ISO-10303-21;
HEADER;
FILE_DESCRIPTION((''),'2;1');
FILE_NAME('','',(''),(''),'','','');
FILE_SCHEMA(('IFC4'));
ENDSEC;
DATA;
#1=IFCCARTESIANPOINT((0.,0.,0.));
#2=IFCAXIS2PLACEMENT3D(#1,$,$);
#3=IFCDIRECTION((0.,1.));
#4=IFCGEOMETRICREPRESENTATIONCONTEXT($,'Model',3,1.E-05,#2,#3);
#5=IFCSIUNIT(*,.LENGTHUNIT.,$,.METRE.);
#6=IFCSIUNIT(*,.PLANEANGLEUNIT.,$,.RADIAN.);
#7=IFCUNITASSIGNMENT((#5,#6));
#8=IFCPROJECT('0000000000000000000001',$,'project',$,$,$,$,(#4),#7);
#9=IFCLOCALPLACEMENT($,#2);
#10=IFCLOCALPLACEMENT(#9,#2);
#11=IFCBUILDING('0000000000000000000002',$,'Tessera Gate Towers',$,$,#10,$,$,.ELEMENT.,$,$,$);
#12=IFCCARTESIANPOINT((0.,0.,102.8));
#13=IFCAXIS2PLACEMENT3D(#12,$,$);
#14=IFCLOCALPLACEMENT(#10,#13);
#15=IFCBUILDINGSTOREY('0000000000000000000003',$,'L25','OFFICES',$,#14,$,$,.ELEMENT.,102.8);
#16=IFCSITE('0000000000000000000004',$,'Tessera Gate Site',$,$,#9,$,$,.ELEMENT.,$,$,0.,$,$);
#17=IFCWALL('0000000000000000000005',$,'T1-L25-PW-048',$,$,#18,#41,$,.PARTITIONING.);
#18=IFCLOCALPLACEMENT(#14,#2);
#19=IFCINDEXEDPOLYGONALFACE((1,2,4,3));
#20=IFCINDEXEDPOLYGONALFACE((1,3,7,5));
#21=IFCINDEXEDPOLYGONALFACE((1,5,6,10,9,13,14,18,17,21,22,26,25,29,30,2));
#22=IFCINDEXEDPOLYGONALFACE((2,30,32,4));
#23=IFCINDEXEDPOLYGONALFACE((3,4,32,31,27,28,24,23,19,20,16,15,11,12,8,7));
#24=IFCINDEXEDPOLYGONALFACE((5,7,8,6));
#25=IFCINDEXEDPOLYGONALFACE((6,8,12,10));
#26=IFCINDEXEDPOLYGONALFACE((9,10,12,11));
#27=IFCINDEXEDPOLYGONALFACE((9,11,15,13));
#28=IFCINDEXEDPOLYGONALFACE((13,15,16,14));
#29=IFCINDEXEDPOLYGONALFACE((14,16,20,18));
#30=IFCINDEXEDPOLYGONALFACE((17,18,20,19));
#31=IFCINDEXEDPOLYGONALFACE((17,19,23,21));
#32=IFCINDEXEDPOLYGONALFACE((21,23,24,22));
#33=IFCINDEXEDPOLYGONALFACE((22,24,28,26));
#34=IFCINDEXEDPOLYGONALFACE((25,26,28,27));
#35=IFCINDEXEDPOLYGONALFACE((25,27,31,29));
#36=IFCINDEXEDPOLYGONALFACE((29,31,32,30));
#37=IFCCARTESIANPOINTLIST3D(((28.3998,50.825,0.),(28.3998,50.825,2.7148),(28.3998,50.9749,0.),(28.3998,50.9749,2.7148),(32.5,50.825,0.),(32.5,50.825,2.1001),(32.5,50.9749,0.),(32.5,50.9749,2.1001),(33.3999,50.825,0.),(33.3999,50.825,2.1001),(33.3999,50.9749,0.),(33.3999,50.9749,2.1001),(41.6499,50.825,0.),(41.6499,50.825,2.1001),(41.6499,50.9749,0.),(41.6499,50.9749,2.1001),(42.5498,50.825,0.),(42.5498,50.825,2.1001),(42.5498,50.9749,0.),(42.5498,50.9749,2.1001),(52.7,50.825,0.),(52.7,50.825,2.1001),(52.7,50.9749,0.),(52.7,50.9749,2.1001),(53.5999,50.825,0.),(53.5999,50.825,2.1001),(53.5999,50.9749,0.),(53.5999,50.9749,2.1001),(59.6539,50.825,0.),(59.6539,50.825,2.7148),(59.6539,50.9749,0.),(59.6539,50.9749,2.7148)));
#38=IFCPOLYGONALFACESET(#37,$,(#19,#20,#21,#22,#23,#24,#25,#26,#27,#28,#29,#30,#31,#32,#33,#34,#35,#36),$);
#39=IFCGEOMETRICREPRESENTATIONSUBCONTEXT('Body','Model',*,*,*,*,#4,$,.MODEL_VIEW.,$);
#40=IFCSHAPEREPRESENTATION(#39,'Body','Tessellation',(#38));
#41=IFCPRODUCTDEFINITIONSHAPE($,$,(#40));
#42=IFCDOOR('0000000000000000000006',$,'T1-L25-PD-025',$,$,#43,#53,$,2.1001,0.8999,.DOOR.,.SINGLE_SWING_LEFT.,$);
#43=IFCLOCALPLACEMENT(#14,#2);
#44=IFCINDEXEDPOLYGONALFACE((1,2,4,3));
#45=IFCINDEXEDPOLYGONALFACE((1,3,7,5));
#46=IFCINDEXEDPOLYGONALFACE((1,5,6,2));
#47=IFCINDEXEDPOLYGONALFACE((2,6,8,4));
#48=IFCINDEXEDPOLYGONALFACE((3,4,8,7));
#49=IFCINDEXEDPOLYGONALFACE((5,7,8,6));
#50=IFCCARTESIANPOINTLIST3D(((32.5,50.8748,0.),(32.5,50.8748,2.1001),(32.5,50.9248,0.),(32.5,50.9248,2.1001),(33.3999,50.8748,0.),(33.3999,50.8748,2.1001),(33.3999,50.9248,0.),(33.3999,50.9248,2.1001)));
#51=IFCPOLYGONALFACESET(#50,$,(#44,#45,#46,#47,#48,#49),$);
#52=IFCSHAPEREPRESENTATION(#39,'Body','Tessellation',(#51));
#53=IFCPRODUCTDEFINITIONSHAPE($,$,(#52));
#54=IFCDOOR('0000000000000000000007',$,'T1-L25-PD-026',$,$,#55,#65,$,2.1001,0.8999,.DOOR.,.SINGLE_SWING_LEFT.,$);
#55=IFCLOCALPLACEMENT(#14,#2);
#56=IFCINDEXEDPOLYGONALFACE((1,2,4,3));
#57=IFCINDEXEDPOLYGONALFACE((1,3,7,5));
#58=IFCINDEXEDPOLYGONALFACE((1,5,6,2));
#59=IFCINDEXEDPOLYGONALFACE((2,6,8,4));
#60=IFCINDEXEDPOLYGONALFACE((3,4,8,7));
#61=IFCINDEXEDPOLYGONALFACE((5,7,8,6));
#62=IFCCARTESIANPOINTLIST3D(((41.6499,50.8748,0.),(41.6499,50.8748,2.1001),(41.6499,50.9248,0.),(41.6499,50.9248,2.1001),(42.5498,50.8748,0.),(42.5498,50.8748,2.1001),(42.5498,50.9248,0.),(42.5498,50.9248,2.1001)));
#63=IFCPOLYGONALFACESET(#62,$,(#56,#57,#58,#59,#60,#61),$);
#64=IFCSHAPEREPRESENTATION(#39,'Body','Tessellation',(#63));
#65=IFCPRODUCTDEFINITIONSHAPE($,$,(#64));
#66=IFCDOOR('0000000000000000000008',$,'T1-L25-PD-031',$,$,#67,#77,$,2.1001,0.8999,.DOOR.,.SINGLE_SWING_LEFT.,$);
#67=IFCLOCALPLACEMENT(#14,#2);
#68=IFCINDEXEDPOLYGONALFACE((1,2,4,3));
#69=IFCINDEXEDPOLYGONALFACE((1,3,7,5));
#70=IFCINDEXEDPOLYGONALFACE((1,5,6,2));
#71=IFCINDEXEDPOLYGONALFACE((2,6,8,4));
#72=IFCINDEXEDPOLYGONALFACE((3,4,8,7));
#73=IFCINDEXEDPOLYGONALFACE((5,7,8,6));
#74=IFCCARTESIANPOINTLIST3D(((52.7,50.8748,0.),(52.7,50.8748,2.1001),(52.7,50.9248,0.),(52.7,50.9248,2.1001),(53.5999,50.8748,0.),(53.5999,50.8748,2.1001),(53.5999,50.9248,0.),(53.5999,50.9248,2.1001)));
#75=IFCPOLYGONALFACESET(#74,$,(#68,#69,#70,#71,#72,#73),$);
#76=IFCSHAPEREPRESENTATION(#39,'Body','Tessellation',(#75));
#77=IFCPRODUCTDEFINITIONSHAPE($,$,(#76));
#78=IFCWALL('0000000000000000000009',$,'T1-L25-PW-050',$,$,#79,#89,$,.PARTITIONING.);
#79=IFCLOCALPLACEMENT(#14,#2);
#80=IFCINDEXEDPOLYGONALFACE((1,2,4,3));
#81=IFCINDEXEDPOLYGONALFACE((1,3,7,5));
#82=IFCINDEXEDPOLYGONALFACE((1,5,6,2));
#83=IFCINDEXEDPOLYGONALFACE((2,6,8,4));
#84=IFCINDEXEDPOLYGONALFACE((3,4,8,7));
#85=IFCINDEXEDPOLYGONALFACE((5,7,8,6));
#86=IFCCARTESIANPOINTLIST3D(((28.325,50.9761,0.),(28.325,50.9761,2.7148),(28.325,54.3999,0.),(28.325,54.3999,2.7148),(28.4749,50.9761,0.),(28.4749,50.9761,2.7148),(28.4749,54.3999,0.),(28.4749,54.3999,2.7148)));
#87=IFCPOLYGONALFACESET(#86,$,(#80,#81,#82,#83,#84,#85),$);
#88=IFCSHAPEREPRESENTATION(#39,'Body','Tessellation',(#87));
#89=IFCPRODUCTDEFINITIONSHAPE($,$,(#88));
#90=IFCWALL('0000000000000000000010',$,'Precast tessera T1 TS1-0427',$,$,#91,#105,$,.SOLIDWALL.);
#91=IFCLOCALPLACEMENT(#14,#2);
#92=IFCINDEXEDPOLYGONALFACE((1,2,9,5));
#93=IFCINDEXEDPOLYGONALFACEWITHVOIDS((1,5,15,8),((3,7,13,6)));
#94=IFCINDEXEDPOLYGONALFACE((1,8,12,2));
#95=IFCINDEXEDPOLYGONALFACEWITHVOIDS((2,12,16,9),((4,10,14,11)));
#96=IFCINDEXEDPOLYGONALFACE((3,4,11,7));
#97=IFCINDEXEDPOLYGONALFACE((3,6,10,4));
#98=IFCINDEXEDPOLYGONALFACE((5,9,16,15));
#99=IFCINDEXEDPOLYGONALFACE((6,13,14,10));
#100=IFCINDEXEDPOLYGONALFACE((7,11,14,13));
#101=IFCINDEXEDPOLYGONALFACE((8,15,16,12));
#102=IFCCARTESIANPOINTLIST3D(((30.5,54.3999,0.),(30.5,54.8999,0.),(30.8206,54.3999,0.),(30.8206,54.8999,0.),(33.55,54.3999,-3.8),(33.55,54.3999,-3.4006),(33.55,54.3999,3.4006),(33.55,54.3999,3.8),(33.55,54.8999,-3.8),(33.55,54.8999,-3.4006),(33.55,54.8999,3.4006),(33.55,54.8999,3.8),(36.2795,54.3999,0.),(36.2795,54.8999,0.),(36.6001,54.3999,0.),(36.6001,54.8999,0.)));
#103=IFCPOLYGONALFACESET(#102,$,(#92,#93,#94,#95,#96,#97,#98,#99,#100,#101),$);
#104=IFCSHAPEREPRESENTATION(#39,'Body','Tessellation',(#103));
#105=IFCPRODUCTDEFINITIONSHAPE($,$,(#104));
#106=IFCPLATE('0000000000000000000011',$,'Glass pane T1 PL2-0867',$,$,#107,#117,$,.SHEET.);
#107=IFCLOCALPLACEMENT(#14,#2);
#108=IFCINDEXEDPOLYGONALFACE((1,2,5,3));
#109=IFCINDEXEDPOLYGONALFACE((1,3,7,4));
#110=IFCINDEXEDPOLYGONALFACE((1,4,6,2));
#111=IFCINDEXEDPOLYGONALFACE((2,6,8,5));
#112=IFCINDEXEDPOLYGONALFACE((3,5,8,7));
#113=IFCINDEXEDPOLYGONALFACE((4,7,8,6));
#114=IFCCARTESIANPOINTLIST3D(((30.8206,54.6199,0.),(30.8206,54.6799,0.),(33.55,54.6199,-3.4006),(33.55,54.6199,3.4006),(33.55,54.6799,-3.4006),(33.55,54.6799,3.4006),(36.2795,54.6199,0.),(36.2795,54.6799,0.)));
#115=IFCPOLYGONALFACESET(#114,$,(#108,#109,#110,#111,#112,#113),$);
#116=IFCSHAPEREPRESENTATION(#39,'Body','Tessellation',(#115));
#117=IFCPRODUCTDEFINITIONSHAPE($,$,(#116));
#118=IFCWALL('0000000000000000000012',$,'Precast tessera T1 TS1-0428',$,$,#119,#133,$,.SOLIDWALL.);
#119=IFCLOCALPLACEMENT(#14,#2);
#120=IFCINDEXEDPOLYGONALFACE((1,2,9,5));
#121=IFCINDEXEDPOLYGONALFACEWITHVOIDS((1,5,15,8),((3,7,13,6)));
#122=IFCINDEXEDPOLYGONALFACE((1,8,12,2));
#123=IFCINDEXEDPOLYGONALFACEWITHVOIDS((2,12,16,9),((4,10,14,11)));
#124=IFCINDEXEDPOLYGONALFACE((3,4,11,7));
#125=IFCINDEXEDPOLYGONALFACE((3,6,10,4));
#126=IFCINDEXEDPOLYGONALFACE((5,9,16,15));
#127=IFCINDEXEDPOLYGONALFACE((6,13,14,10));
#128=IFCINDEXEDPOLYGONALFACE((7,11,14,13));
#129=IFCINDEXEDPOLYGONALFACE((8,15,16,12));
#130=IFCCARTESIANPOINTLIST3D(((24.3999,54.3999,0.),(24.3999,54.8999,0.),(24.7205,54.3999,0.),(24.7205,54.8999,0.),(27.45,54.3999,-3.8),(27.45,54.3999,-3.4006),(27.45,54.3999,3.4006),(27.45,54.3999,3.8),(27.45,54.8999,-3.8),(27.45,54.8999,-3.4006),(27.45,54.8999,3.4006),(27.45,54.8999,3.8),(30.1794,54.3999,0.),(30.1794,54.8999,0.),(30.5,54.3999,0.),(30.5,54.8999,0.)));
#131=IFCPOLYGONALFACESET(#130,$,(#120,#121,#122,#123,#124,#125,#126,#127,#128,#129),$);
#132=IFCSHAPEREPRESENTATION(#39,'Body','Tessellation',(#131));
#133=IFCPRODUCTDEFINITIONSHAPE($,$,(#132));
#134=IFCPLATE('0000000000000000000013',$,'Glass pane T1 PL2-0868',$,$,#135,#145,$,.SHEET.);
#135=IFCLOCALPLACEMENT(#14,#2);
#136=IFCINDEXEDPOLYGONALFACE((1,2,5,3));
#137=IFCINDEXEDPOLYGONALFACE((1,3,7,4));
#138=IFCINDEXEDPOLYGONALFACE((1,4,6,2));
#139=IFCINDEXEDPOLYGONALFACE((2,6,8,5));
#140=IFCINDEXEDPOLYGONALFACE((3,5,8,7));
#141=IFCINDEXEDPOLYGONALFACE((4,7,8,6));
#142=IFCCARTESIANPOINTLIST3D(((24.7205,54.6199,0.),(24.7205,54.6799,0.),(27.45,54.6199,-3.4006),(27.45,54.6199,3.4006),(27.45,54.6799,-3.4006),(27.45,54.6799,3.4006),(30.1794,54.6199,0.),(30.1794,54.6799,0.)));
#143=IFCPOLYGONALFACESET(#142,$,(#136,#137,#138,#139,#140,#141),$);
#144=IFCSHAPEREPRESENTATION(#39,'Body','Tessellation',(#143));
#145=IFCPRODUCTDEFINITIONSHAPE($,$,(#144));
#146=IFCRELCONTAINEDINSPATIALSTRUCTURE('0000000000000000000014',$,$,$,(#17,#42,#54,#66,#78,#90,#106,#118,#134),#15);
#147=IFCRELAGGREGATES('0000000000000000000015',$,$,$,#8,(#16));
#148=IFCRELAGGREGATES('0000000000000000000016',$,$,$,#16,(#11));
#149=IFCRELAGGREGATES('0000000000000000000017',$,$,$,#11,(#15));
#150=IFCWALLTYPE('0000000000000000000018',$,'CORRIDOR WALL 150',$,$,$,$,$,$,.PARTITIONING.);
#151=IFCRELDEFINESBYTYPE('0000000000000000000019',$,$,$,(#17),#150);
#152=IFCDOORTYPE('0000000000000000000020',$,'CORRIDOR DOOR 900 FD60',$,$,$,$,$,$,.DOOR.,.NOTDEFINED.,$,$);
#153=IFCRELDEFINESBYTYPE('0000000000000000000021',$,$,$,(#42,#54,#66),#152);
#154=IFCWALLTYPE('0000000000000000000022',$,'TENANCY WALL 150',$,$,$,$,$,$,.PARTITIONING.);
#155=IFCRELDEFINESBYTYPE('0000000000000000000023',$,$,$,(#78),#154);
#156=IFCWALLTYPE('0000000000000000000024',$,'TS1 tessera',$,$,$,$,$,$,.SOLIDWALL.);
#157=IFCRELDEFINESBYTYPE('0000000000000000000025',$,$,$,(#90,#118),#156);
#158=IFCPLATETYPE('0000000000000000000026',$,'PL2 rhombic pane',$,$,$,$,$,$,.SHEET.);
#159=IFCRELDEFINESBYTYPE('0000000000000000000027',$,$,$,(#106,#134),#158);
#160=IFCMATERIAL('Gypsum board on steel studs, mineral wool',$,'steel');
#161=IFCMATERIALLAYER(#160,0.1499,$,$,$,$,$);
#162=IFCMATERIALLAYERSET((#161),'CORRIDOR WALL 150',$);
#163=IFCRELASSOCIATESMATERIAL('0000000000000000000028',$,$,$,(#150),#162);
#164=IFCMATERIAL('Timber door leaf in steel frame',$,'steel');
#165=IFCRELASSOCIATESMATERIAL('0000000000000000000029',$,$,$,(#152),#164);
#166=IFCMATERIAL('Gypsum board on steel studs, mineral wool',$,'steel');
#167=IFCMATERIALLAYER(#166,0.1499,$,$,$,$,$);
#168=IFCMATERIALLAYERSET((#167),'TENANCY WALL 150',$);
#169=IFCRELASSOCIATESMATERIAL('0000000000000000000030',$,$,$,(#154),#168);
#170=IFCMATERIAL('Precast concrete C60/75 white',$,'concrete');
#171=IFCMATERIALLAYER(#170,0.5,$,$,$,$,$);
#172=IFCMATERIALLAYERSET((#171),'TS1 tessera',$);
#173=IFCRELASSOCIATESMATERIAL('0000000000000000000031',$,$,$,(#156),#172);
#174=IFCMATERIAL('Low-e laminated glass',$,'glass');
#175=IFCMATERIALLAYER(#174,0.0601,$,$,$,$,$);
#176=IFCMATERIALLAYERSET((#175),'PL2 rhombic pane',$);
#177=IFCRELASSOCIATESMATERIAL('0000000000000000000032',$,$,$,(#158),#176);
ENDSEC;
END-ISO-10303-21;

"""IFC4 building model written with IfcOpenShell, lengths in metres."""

from ifc_helpers import new_model, si_unit, direction, frame, frame_2d, origin, place, context, subcontext, project, spatial, polyline, rectangle, outline, extrude, source, transform, mapped, material, layer, layer_set, type_object, element, fill, save


model = new_model("IFC4")

# Units and contexts
model_context = context("Model", 3, precision=1e-05, world=origin(), true_north=direction((0.0, 1.0)))
body_context = subcontext(model_context, "Body", "Model", "MODEL_VIEW")
ifc_project = project(units=[si_unit("LENGTHUNIT", "METRE"), si_unit("PLANEANGLEUNIT", "RADIAN")], contexts=[model_context])

# Site, building, storey
site_placement = place(None, origin())
site = spatial("IfcSite", under=ifc_project, at=site_placement, Name="Tessera Gate Site", CompositionType="ELEMENT", RefElevation=0.0)
building_placement = place(site_placement, origin())
building = spatial("IfcBuilding", under=site, at=building_placement, Name="Tessera Gate Towers", CompositionType="ELEMENT")
storey_placement = place(building_placement, frame((0.0, 0.0, 102.8)))
storey = spatial("IfcBuildingStorey", under=building, at=storey_placement, Name="L25", Description="OFFICES", CompositionType="ELEMENT", Elevation=102.8)

# Shared definitions
ifc_material_1 = material(Name="Gypsum board on steel studs, mineral wool", Category="steel")
ifc_layer_1 = layer(ifc_material_1, 0.1499)
ifc_layer_set_1 = layer_set([ifc_layer_1], Name="CORRIDOR WALL 150")
wall_type_1 = type_object("IfcWallType", Name="CORRIDOR WALL 150", PredefinedType="PARTITIONING", material=ifc_layer_set_1)

# Wall, openings, doors
wall_1_placement = place(storey_placement, frame((28.3999, 50.8999, 0.0), z_axis=(0.0, 0.0, 1.0), x_axis=(1.0, 0.0, 0.0)))
wall_1 = element("IfcWall", 1, at=wall_1_placement, inside=storey, type_object=wall_type_1, Name="T1-L25-PW-048", PredefinedType="PARTITIONING", context=body_context, shape_type="SweptSolid", body=[
    extrude(rectangle(XDim=31.2542, YDim=0.1499, at=frame_2d((15.627, 0.0))), origin(), (0.0, 0.0, 1.0), 2.7148),
])
shared_shape_1 = source(origin(), body_context, "Body", "SweptSolid", [
    extrude(rectangle(XDim=0.8999, YDim=2.1001, at=frame_2d((0.45, 1.05))), frame((0.0, 0.085, 0.0), z_axis=(0.0, -1.0, 0.0), x_axis=(1.0, 0.0, 0.0)), (0.0, 0.0, 1.0), 0.1699),
])
opening_1_placement = place(wall_1_placement, frame((4.1001, 0.0, 0.0)))
opening_1 = element("IfcOpeningElement", 2, at=opening_1_placement, cuts=wall_1, PredefinedType="OPENING", context=body_context, shape_type="MappedRepresentation", body=[
    mapped(shared_shape_1, transform((0.0, 0.0, 0.0), scale=1.0)),
])
opening_2_placement = place(wall_1_placement, frame((13.25, 0.0, 0.0)))
opening_2 = element("IfcOpeningElement", 3, at=opening_2_placement, cuts=wall_1, PredefinedType="OPENING", context=body_context, shape_type="MappedRepresentation", body=[
    mapped(shared_shape_1, transform((0.0, 0.0, 0.0), scale=1.0)),
])
opening_3_placement = place(wall_1_placement, frame((24.3, 0.0, 0.0)))
opening_3 = element("IfcOpeningElement", 4, at=opening_3_placement, cuts=wall_1, PredefinedType="OPENING", context=body_context, shape_type="MappedRepresentation", body=[
    mapped(shared_shape_1, transform((0.0, 0.0, 0.0), scale=1.0)),
])
ifc_material_2 = material(Name="Timber door leaf in steel frame", Category="steel")
door_type_1 = type_object("IfcDoorType", Name="CORRIDOR DOOR 900 FD60", OperationType="NOTDEFINED", PredefinedType="DOOR", material=ifc_material_2)
shared_shape_2 = source(origin(), body_context, "Body", "SweptSolid", [
    extrude(rectangle(XDim=0.8999, YDim=2.1001, at=frame_2d((0.45, 1.05))), frame((0.0, 0.0249, 0.0), z_axis=(0.0, -1.0, 0.0), x_axis=(1.0, 0.0, 0.0)), (0.0, 0.0, 1.0), 0.05),
])
door_1_placement = place(opening_1_placement, origin())
door_1 = element("IfcDoor", 5, at=door_1_placement, inside=storey, type_object=door_type_1, Name="T1-L25-PD-025", OperationType="SINGLE_SWING_LEFT", OverallHeight=2.1001, OverallWidth=0.8999, PredefinedType="DOOR", context=body_context, shape_type="MappedRepresentation", body=[
    mapped(shared_shape_2, transform((0.0, 0.0, 0.0), scale=1.0)),
])
fill(opening_1, door_1)
door_2_placement = place(opening_2_placement, origin())
door_2 = element("IfcDoor", 6, at=door_2_placement, inside=storey, type_object=door_type_1, Name="T1-L25-PD-026", OperationType="SINGLE_SWING_LEFT", OverallHeight=2.1001, OverallWidth=0.8999, PredefinedType="DOOR", context=body_context, shape_type="MappedRepresentation", body=[
    mapped(shared_shape_2, transform((0.0, 0.0, 0.0), scale=1.0)),
])
fill(opening_2, door_2)
door_3_placement = place(opening_3_placement, origin())
door_3 = element("IfcDoor", 7, at=door_3_placement, inside=storey, type_object=door_type_1, Name="T1-L25-PD-031", OperationType="SINGLE_SWING_LEFT", OverallHeight=2.1001, OverallWidth=0.8999, PredefinedType="DOOR", context=body_context, shape_type="MappedRepresentation", body=[
    mapped(shared_shape_2, transform((0.0, 0.0, 0.0), scale=1.0)),
])
fill(opening_3, door_3)

# Wall
ifc_material_3 = material(Name="Gypsum board on steel studs, mineral wool", Category="steel")
ifc_layer_2 = layer(ifc_material_3, 0.1499)
ifc_layer_set_2 = layer_set([ifc_layer_2], Name="TENANCY WALL 150")
wall_type_2 = type_object("IfcWallType", Name="TENANCY WALL 150", PredefinedType="PARTITIONING", material=ifc_layer_set_2)
wall_2_placement = place(storey_placement, frame((28.3999, 50.9761, 0.0), z_axis=(0.0, 0.0, 1.0), x_axis=(0.0, 1.0, 0.0)))
element("IfcWall", 8, at=wall_2_placement, inside=storey, type_object=wall_type_2, Name="T1-L25-PW-050", PredefinedType="PARTITIONING", context=body_context, shape_type="SweptSolid", body=[
    extrude(rectangle(XDim=3.4238, YDim=0.1499, at=frame_2d((1.7119, 0.0))), origin(), (0.0, 0.0, 1.0), 2.7148),
])

# Walls, openings, plates
ifc_material_4 = material(Name="Precast concrete C60/75 white", Category="concrete")
ifc_layer_3 = layer(ifc_material_4, 0.5)
ifc_layer_set_3 = layer_set([ifc_layer_3], Name="TS1 tessera")
wall_type_3 = type_object("IfcWallType", Name="TS1 tessera", PredefinedType="SOLIDWALL", material=ifc_layer_set_3)
shared_shape_3 = source(origin(), body_context, "Body", "SweptSolid", [
    extrude(outline(polyline([(3.05, 0.0), (6.1001, 3.8), (3.05, 7.6001), (0.0, 3.8), (3.05, 0.0)])), frame((0.0, 0.25, 0.0), z_axis=(0.0, -1.0, 0.0), x_axis=(1.0, 0.0, 0.0)), (0.0, 0.0, 1.0), 0.5),
])
wall_3_placement = place(storey_placement, frame((36.6001, 54.6499, -3.8), z_axis=(0.0, 0.0, 1.0), x_axis=(-1.0, 0.0, 0.0)))
wall_3 = element("IfcWall", 9, at=wall_3_placement, inside=storey, type_object=wall_type_3, Name="Precast tessera T1 TS1-0427", PredefinedType="SOLIDWALL", context=body_context, shape_type="MappedRepresentation", body=[
    mapped(shared_shape_3, transform((0.0, 0.0, 0.0), scale=1.0)),
])
shared_shape_4 = source(origin(), body_context, "Body", "SweptSolid", [
    extrude(outline(polyline([(3.05, 0.3994), (5.7795, 3.8), (3.05, 7.2007), (0.3206, 3.8), (3.05, 0.3994)])), frame((0.0, 0.26, 0.0), z_axis=(0.0, -1.0, 0.0), x_axis=(1.0, 0.0, 0.0)), (0.0, 0.0, 1.0), 0.52),
])
opening_4_placement = place(wall_3_placement, origin())
opening_4 = element("IfcOpeningElement", 10, at=opening_4_placement, cuts=wall_3, PredefinedType="OPENING", context=body_context, shape_type="MappedRepresentation", body=[
    mapped(shared_shape_4, transform((0.0, 0.0, 0.0), scale=1.0)),
])
ifc_material_5 = material(Name="Low-e laminated glass", Category="glass")
ifc_layer_4 = layer(ifc_material_5, 0.0601)
ifc_layer_set_4 = layer_set([ifc_layer_4], Name="PL2 rhombic pane")
plate_type_1 = type_object("IfcPlateType", Name="PL2 rhombic pane", PredefinedType="SHEET", material=ifc_layer_set_4)
shared_shape_5 = source(origin(), body_context, "Body", "SweptSolid", [
    extrude(outline(polyline([(3.05, 0.3994), (5.7795, 3.8), (3.05, 7.2007), (0.3206, 3.8), (3.05, 0.3994)])), frame((0.0, 0.03, 0.0), z_axis=(0.0, -1.0, 0.0), x_axis=(1.0, 0.0, 0.0)), (0.0, 0.0, 1.0), 0.0601),
])
plate_1_placement = place(opening_4_placement, origin())
plate_1 = element("IfcPlate", 11, at=plate_1_placement, inside=storey, type_object=plate_type_1, Name="Glass pane T1 PL2-0867", PredefinedType="SHEET", context=body_context, shape_type="MappedRepresentation", body=[
    mapped(shared_shape_5, transform((0.0, 0.0, 0.0), scale=1.0)),
])
fill(opening_4, plate_1)
wall_4_placement = place(storey_placement, frame((30.5, 54.6499, -3.8), z_axis=(0.0, 0.0, 1.0), x_axis=(-1.0, 0.0, 0.0)))
wall_4 = element("IfcWall", 12, at=wall_4_placement, inside=storey, type_object=wall_type_3, Name="Precast tessera T1 TS1-0428", PredefinedType="SOLIDWALL", context=body_context, shape_type="MappedRepresentation", body=[
    mapped(shared_shape_3, transform((0.0, 0.0, 0.0), scale=1.0)),
])
opening_5_placement = place(wall_4_placement, origin())
opening_5 = element("IfcOpeningElement", 13, at=opening_5_placement, cuts=wall_4, PredefinedType="OPENING", context=body_context, shape_type="MappedRepresentation", body=[
    mapped(shared_shape_4, transform((0.0, 0.0, 0.0), scale=1.0)),
])
plate_2_placement = place(opening_5_placement, origin())
plate_2 = element("IfcPlate", 14, at=plate_2_placement, inside=storey, type_object=plate_type_1, Name="Glass pane T1 PL2-0868", PredefinedType="SHEET", context=body_context, shape_type="MappedRepresentation", body=[
    mapped(shared_shape_5, transform((0.0, 0.0, 0.0), scale=1.0)),
])
fill(opening_5, plate_2)

save(model, "model.ifc")
